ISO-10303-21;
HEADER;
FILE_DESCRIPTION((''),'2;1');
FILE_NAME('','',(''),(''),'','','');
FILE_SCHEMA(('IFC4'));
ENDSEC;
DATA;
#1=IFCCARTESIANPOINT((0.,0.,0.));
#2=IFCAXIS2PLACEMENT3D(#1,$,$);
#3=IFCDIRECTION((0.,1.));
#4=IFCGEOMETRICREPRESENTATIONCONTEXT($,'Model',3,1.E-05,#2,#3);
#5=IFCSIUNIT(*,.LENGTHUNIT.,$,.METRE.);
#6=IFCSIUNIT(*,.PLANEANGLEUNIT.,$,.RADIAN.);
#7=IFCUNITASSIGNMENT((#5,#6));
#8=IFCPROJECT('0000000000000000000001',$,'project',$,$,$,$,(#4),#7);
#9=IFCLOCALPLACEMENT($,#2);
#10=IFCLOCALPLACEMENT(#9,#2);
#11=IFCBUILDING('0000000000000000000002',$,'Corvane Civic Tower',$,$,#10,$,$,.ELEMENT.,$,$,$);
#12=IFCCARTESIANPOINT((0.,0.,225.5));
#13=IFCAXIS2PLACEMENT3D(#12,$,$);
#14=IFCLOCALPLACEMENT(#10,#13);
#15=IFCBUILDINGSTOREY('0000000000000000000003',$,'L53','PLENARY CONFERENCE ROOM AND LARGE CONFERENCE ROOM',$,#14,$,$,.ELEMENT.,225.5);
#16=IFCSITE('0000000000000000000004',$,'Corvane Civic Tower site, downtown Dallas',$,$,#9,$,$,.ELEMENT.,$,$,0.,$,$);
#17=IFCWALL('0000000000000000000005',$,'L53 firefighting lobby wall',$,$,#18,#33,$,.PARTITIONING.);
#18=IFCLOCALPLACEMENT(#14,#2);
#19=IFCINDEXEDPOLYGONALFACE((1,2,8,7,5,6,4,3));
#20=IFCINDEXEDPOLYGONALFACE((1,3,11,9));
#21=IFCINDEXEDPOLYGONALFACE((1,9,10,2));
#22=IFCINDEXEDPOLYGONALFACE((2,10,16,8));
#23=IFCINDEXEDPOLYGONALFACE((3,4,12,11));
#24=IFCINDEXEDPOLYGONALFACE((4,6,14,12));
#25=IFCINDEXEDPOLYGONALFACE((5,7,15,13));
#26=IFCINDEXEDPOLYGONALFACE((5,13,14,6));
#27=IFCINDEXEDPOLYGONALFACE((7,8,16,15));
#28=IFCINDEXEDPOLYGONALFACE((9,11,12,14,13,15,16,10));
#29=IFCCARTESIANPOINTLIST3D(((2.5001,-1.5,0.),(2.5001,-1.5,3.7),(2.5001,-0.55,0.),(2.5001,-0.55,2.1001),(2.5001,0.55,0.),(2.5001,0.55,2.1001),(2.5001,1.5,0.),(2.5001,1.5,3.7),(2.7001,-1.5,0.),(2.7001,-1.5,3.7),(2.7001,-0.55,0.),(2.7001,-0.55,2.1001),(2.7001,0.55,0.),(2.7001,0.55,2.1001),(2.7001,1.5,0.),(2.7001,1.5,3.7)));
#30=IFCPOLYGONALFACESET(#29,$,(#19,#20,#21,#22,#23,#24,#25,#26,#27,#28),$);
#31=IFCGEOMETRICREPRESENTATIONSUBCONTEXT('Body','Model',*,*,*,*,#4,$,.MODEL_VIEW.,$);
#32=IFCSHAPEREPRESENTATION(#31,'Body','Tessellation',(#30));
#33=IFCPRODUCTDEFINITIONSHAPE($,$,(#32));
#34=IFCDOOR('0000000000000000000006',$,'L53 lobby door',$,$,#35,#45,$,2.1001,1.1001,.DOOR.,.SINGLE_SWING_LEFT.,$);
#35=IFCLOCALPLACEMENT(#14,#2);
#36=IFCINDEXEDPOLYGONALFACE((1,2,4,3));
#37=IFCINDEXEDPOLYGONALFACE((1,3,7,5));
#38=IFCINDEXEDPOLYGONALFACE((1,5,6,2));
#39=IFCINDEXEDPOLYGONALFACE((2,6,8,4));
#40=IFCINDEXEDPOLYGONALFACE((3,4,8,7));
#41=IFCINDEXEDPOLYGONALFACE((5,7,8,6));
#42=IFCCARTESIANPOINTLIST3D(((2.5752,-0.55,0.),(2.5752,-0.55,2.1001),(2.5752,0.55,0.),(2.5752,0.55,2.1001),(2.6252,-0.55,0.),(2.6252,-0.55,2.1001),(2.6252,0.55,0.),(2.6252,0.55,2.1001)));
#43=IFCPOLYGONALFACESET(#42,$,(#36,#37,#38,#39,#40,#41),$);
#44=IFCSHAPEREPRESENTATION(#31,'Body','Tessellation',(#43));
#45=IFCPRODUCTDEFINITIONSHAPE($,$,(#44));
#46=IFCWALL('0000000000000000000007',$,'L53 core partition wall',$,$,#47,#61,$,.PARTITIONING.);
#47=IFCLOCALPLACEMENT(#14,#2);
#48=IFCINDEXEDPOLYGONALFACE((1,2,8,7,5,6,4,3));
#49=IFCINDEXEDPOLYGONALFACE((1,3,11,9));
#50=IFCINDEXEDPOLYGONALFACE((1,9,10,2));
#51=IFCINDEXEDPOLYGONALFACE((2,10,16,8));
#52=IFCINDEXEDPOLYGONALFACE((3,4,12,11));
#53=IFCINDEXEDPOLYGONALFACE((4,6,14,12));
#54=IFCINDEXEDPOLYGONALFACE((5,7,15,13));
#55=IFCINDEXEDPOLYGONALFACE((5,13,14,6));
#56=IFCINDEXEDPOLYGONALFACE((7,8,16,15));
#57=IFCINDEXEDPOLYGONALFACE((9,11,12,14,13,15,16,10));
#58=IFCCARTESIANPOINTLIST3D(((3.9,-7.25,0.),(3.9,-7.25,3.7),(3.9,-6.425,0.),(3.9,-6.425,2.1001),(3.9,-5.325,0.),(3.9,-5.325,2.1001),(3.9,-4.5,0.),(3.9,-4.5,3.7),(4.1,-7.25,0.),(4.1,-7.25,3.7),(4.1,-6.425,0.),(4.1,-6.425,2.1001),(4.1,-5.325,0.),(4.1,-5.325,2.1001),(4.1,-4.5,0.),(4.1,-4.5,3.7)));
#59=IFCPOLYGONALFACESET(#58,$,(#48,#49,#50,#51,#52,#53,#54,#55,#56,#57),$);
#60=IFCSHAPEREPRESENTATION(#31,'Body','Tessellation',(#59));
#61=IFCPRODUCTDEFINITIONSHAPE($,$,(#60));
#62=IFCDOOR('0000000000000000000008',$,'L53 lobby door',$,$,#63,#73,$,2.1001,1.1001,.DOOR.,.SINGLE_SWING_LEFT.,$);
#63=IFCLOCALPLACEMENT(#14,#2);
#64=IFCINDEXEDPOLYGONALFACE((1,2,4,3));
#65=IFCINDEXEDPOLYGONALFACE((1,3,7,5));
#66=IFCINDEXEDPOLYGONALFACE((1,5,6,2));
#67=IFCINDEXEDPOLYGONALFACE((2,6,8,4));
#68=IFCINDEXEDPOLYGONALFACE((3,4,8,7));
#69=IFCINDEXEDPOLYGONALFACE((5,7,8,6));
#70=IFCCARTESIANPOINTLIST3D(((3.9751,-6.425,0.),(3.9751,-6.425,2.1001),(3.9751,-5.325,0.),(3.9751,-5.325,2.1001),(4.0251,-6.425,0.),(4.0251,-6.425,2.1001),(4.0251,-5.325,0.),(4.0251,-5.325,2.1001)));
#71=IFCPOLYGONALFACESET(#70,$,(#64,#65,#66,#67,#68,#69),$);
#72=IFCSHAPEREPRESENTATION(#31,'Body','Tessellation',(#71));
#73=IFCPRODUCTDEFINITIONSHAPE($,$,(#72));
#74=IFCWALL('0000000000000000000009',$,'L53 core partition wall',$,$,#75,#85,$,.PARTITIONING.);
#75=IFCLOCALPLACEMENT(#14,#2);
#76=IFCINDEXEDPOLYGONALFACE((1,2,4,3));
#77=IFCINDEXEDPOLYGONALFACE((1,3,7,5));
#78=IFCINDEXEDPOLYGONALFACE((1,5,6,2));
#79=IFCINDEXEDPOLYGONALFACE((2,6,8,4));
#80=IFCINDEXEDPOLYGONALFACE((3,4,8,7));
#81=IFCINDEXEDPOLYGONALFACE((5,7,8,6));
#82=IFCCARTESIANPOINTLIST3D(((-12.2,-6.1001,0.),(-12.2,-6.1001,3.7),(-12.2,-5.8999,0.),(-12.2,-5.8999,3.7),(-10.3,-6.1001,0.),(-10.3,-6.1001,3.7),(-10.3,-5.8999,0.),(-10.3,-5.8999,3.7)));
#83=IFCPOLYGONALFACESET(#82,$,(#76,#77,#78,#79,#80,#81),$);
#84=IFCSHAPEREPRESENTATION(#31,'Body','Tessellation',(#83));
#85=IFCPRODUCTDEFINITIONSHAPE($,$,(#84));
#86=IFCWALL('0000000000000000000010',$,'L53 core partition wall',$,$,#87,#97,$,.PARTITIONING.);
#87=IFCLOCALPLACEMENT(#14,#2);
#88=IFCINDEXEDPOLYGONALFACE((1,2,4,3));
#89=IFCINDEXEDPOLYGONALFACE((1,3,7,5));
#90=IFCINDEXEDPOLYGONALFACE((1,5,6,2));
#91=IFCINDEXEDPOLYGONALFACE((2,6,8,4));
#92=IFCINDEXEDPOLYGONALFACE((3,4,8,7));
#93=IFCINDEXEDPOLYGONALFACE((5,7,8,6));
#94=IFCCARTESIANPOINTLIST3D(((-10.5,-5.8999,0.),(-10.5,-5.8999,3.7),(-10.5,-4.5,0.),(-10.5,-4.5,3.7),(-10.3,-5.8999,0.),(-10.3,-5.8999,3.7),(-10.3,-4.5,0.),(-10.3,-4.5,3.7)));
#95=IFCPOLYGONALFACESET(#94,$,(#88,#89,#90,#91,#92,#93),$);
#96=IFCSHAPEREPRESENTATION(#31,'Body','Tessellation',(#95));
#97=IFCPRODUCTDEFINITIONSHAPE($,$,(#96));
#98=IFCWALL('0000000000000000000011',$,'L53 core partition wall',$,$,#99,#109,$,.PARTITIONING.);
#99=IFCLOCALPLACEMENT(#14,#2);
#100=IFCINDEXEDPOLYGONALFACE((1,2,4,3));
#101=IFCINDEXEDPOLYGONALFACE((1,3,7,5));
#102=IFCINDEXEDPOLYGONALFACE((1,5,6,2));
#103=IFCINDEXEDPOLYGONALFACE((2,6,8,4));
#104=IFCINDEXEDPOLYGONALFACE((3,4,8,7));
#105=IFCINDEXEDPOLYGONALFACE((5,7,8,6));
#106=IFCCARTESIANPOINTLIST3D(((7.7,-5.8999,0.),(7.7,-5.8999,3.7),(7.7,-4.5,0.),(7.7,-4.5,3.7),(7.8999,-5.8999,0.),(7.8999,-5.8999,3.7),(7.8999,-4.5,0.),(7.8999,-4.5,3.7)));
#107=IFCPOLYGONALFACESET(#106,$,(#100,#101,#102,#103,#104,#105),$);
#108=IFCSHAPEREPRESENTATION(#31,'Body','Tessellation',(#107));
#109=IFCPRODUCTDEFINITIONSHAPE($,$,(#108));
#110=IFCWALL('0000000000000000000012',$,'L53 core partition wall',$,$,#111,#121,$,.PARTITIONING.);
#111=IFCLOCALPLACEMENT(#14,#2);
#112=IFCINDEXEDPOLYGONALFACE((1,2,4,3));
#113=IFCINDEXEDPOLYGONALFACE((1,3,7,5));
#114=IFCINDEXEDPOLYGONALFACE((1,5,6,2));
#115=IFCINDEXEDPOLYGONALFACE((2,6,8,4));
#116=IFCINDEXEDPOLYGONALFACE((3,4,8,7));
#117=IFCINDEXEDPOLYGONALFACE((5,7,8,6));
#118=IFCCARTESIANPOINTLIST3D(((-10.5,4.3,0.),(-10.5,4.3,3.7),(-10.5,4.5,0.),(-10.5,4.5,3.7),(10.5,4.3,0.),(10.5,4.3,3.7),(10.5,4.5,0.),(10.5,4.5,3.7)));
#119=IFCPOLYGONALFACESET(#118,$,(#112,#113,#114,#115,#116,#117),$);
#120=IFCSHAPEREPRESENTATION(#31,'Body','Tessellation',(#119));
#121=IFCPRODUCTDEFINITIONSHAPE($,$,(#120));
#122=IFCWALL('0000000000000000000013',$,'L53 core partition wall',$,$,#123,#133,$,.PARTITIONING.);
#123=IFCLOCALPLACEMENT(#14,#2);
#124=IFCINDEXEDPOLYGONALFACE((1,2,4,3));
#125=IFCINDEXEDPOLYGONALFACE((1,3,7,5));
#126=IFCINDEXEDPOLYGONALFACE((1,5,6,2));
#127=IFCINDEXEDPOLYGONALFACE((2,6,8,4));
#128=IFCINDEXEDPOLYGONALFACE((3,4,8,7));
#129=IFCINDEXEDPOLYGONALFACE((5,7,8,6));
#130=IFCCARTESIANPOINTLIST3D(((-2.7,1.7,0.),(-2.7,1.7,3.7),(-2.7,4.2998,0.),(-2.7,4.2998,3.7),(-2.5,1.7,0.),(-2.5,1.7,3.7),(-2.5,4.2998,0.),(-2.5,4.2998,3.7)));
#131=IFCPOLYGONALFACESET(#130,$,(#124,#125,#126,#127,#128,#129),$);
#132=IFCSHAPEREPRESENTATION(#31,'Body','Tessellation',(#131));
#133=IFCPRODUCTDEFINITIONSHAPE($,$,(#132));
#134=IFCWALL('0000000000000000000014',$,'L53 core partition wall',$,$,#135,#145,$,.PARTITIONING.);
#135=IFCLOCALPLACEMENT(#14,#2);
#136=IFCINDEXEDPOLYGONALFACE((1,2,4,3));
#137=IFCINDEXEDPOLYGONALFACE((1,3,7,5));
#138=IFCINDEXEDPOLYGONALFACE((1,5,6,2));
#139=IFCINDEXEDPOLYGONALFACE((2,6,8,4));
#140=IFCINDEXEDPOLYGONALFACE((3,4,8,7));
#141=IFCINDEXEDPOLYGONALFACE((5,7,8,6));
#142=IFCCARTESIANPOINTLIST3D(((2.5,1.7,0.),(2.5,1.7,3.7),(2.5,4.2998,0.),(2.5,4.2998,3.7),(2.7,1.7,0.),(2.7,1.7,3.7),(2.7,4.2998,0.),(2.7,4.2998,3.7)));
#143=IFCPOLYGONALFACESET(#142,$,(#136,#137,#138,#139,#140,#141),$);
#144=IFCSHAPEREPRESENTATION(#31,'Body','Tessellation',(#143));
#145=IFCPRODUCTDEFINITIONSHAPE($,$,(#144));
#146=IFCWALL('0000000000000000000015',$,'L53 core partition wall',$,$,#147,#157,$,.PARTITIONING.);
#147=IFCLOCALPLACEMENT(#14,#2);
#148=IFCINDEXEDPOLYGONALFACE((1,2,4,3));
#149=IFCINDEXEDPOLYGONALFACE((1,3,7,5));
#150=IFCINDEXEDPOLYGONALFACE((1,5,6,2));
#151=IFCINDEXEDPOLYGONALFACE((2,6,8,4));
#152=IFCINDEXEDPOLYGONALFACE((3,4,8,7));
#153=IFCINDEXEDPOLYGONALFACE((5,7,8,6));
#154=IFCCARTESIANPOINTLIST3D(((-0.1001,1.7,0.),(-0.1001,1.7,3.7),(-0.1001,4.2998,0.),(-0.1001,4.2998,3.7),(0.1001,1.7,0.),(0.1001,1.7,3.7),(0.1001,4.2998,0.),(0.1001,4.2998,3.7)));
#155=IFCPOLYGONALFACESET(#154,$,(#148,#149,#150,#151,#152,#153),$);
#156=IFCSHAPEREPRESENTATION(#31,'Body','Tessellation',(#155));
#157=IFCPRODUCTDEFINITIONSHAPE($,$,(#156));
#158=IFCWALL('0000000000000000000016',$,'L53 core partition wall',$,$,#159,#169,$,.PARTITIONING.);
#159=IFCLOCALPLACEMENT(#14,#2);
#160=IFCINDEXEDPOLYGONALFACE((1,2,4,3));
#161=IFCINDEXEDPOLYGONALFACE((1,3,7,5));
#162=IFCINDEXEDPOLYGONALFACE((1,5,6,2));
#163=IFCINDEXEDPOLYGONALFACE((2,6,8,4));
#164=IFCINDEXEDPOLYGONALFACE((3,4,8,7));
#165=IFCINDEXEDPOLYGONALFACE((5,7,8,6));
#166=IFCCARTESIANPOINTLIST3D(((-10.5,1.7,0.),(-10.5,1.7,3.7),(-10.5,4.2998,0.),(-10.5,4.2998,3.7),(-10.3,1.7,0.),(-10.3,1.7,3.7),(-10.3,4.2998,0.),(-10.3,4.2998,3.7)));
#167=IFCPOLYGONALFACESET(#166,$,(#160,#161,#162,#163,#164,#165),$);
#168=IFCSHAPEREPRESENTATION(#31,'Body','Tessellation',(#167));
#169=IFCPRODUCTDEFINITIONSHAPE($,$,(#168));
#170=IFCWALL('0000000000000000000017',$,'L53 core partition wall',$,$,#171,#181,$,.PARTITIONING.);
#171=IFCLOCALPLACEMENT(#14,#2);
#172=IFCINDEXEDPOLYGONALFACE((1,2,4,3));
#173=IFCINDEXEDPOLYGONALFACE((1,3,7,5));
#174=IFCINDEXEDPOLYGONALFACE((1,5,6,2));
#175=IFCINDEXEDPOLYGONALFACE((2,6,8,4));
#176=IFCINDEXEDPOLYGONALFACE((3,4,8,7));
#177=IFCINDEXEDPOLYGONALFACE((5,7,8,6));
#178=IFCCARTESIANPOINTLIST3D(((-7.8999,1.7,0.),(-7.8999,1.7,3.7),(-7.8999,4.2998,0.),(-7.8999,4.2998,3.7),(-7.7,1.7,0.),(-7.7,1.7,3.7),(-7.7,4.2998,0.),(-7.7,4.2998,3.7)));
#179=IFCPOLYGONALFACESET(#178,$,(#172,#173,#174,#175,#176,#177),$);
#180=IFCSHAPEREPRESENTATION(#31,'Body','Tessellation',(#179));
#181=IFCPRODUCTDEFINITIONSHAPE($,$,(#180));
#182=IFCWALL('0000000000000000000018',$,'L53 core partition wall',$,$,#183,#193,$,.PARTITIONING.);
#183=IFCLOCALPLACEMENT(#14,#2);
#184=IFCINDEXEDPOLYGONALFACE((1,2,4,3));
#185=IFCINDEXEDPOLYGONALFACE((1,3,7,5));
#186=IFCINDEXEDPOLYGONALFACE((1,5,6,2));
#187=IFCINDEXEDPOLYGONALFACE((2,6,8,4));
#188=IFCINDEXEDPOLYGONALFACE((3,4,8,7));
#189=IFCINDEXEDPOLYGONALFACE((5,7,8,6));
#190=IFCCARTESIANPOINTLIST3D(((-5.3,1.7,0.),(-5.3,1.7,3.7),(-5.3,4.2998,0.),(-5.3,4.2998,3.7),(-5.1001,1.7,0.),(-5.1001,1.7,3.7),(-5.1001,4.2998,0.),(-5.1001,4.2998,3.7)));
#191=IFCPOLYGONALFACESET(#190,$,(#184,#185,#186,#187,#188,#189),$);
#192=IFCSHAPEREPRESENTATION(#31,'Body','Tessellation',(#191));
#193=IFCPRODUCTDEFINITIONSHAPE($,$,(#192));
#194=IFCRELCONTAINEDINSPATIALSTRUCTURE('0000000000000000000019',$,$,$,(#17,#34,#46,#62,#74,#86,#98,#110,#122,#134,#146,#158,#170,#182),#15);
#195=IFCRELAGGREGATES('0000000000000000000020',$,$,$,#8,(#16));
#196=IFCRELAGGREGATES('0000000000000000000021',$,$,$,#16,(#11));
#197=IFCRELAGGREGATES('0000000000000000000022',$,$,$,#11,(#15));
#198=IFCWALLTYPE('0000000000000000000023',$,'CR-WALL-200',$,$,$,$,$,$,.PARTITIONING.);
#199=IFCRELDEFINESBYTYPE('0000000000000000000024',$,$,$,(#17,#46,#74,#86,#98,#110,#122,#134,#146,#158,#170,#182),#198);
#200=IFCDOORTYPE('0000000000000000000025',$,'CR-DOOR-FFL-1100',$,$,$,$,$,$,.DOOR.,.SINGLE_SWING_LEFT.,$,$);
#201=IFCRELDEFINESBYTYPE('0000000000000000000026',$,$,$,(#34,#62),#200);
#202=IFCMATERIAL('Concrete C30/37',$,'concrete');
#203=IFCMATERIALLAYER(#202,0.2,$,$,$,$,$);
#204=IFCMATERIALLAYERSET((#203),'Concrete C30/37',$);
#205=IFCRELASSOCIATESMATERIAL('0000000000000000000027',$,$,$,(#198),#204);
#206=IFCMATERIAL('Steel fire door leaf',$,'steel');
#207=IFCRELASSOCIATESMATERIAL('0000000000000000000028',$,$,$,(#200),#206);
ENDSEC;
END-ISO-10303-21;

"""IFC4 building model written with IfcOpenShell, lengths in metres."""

from ifc_helpers import new_model, si_unit, direction, frame, frame_2d, origin, place, context, subcontext, project, spatial, polyline, rectangle, outline, extrude, material, layer, layer_set, type_object, element, fill, save


model = new_model("IFC4")

# Units and contexts
model_context = context("Model", 3, precision=1e-05, world=origin(), true_north=direction((0.0, 1.0)))
body_context = subcontext(model_context, "Body", "Model", "MODEL_VIEW")
ifc_project = project(units=[si_unit("LENGTHUNIT", "METRE"), si_unit("PLANEANGLEUNIT", "RADIAN")], contexts=[model_context])

# Site, building, storey
site_placement = place(None, origin())
site = spatial("IfcSite", under=ifc_project, at=site_placement, Name="Corvane Civic Tower site, downtown Dallas", CompositionType="ELEMENT", RefElevation=0.0)
building_placement = place(site_placement, origin())
building = spatial("IfcBuilding", under=site, at=building_placement, Name="Corvane Civic Tower", CompositionType="ELEMENT")
storey_placement = place(building_placement, frame((0.0, 0.0, 225.5)))
storey = spatial("IfcBuildingStorey", under=building, at=storey_placement, Name="L53", Description="PLENARY CONFERENCE ROOM AND LARGE CONFERENCE ROOM", CompositionType="ELEMENT", Elevation=225.5)

# Walls, openings, doors
ifc_material_1 = material(Name="Concrete C30/37", Category="concrete")
ifc_layer_1 = layer(ifc_material_1, 0.2)
ifc_layer_set_1 = layer_set([ifc_layer_1], Name="Concrete C30/37")
wall_type_1 = type_object("IfcWallType", Name="CR-WALL-200", PredefinedType="PARTITIONING", material=ifc_layer_set_1)
wall_1_placement = place(storey_placement, frame((2.6001, -1.5, 0.0), z_axis=(0.0, 0.0, 1.0), x_axis=(0.0, 1.0, 0.0)))
wall_1 = element("IfcWall", 1, at=wall_1_placement, inside=storey, type_object=wall_type_1, Name="L53 firefighting lobby wall", PredefinedType="PARTITIONING", context=body_context, shape_type="SweptSolid", body=[
    extrude(rectangle(XDim=3.0, YDim=0.2, at=frame_2d((1.5, 0.0))), origin(), (0.0, 0.0, 1.0), 3.7),
])
opening_1_placement = place(wall_1_placement, frame((0.95, 0.0, 0.0)))
opening_1 = element("IfcOpeningElement", 2, at=opening_1_placement, cuts=wall_1, PredefinedType="OPENING", context=body_context, shape_type="SweptSolid", body=[
    extrude(rectangle(XDim=1.1001, YDim=2.1001, at=frame_2d((0.55, 1.05))), frame((0.0, 0.1099, 0.0), z_axis=(0.0, -1.0, 0.0), x_axis=(1.0, 0.0, 0.0)), (0.0, 0.0, 1.0), 0.22),
])
ifc_material_2 = material(Name="Steel fire door leaf", Category="steel")
door_type_1 = type_object("IfcDoorType", Name="CR-DOOR-FFL-1100", OperationType="SINGLE_SWING_LEFT", PredefinedType="DOOR", material=ifc_material_2)
door_1_placement = place(opening_1_placement, origin())
door_1 = element("IfcDoor", 3, at=door_1_placement, inside=storey, type_object=door_type_1, Name="L53 lobby door", OperationType="SINGLE_SWING_LEFT", OverallHeight=2.1001, OverallWidth=1.1001, PredefinedType="DOOR", context=body_context, shape_type="SweptSolid", body=[
    extrude(rectangle(XDim=1.1001, YDim=2.1001, at=frame_2d((0.55, 1.05))), frame((0.0, 0.0249, 0.0), z_axis=(0.0, -1.0, 0.0), x_axis=(1.0, 0.0, 0.0)), (0.0, 0.0, 1.0), 0.05),
])
fill(opening_1, door_1)
wall_2_placement = place(storey_placement, frame((4.0, -7.25, 0.0), z_axis=(0.0, 0.0, 1.0), x_axis=(0.0, 1.0, 0.0)))
wall_2 = element("IfcWall", 4, at=wall_2_placement, inside=storey, type_object=wall_type_1, Name="L53 core partition wall", PredefinedType="PARTITIONING", context=body_context, shape_type="SweptSolid", body=[
    extrude(rectangle(XDim=2.75, YDim=0.2, at=frame_2d((1.375, 0.0))), origin(), (0.0, 0.0, 1.0), 3.7),
])
opening_2_placement = place(wall_2_placement, frame((0.825, 0.0, 0.0)))
opening_2 = element("IfcOpeningElement", 5, at=opening_2_placement, cuts=wall_2, PredefinedType="OPENING", context=body_context, shape_type="SweptSolid", body=[
    extrude(rectangle(XDim=1.1001, YDim=2.1001, at=frame_2d((0.55, 1.05))), frame((0.0, 0.1099, 0.0), z_axis=(0.0, -1.0, 0.0), x_axis=(1.0, 0.0, 0.0)), (0.0, 0.0, 1.0), 0.22),
])
door_2_placement = place(opening_2_placement, origin())
door_2 = element("IfcDoor", 6, at=door_2_placement, inside=storey, type_object=door_type_1, Name="L53 lobby door", OperationType="SINGLE_SWING_LEFT", OverallHeight=2.1001, OverallWidth=1.1001, PredefinedType="DOOR", context=body_context, shape_type="SweptSolid", body=[
    extrude(rectangle(XDim=1.1001, YDim=2.1001, at=frame_2d((0.55, 1.05))), frame((0.0, 0.0249, 0.0), z_axis=(0.0, -1.0, 0.0), x_axis=(1.0, 0.0, 0.0)), (0.0, 0.0, 1.0), 0.05),
])
fill(opening_2, door_2)

# Walls
wall_3_placement = place(storey_placement, origin())
element("IfcWall", 7, at=wall_3_placement, inside=storey, type_object=wall_type_1, Name="L53 core partition wall", PredefinedType="PARTITIONING", context=body_context, shape_type="SweptSolid", body=[
    extrude(outline(polyline([(-10.3, -6.1001), (-12.2, -6.1001), (-12.2, -5.8999), (-10.3, -5.8999), (-10.3, -6.1001)])), origin(), (0.0, 0.0, 1.0), 3.7),
])
wall_4_placement = place(storey_placement, origin())
element("IfcWall", 8, at=wall_4_placement, inside=storey, type_object=wall_type_1, Name="L53 core partition wall", PredefinedType="PARTITIONING", context=body_context, shape_type="SweptSolid", body=[
    extrude(outline(polyline([(-10.3, -5.8999), (-10.5, -5.8999), (-10.5, -4.5), (-10.3, -4.5), (-10.3, -5.8999)])), origin(), (0.0, 0.0, 1.0), 3.7),
])
wall_5_placement = place(storey_placement, origin())
element("IfcWall", 9, at=wall_5_placement, inside=storey, type_object=wall_type_1, Name="L53 core partition wall", PredefinedType="PARTITIONING", context=body_context, shape_type="SweptSolid", body=[
    extrude(outline(polyline([(7.8999, -5.8999), (7.7, -5.8999), (7.7, -4.5), (7.8999, -4.5), (7.8999, -5.8999)])), origin(), (0.0, 0.0, 1.0), 3.7),
])
wall_6_placement = place(storey_placement, origin())
element("IfcWall", 10, at=wall_6_placement, inside=storey, type_object=wall_type_1, Name="L53 core partition wall", PredefinedType="PARTITIONING", context=body_context, shape_type="SweptSolid", body=[
    extrude(outline(polyline([(10.5, 4.5), (10.5, 4.3), (-10.5, 4.3), (-10.5, 4.5), (10.5, 4.5)])), origin(), (0.0, 0.0, 1.0), 3.7),
])
wall_7_placement = place(storey_placement, origin())
element("IfcWall", 11, at=wall_7_placement, inside=storey, type_object=wall_type_1, Name="L53 core partition wall", PredefinedType="PARTITIONING", context=body_context, shape_type="SweptSolid", body=[
    extrude(outline(polyline([(-2.5, 1.7), (-2.7, 1.7), (-2.7, 4.2998), (-2.5, 4.2998), (-2.5, 1.7)])), origin(), (0.0, 0.0, 1.0), 3.7),
])
wall_8_placement = place(storey_placement, origin())
element("IfcWall", 12, at=wall_8_placement, inside=storey, type_object=wall_type_1, Name="L53 core partition wall", PredefinedType="PARTITIONING", context=body_context, shape_type="SweptSolid", body=[
    extrude(outline(polyline([(2.7, 1.7), (2.5, 1.7), (2.5, 4.2998), (2.7, 4.2998), (2.7, 1.7)])), origin(), (0.0, 0.0, 1.0), 3.7),
])
wall_9_placement = place(storey_placement, origin())
element("IfcWall", 13, at=wall_9_placement, inside=storey, type_object=wall_type_1, Name="L53 core partition wall", PredefinedType="PARTITIONING", context=body_context, shape_type="SweptSolid", body=[
    extrude(outline(polyline([(0.1001, 1.7), (-0.1001, 1.7), (-0.1001, 4.2998), (0.1001, 4.2998), (0.1001, 1.7)])), origin(), (0.0, 0.0, 1.0), 3.7),
])
wall_10_placement = place(storey_placement, origin())
element("IfcWall", 14, at=wall_10_placement, inside=storey, type_object=wall_type_1, Name="L53 core partition wall", PredefinedType="PARTITIONING", context=body_context, shape_type="SweptSolid", body=[
    extrude(outline(polyline([(-10.3, 1.7), (-10.5, 1.7), (-10.5, 4.2998), (-10.3, 4.2998), (-10.3, 1.7)])), origin(), (0.0, 0.0, 1.0), 3.7),
])
wall_11_placement = place(storey_placement, origin())
element("IfcWall", 15, at=wall_11_placement, inside=storey, type_object=wall_type_1, Name="L53 core partition wall", PredefinedType="PARTITIONING", context=body_context, shape_type="SweptSolid", body=[
    extrude(outline(polyline([(-7.7, 1.7), (-7.8999, 1.7), (-7.8999, 4.2998), (-7.7, 4.2998), (-7.7, 1.7)])), origin(), (0.0, 0.0, 1.0), 3.7),
])
wall_12_placement = place(storey_placement, origin())
element("IfcWall", 16, at=wall_12_placement, inside=storey, type_object=wall_type_1, Name="L53 core partition wall", PredefinedType="PARTITIONING", context=body_context, shape_type="SweptSolid", body=[
    extrude(outline(polyline([(-5.1001, 1.7), (-5.3, 1.7), (-5.3, 4.2998), (-5.1001, 4.2998), (-5.1001, 1.7)])), origin(), (0.0, 0.0, 1.0), 3.7),
])

save(model, "model.ifc")
